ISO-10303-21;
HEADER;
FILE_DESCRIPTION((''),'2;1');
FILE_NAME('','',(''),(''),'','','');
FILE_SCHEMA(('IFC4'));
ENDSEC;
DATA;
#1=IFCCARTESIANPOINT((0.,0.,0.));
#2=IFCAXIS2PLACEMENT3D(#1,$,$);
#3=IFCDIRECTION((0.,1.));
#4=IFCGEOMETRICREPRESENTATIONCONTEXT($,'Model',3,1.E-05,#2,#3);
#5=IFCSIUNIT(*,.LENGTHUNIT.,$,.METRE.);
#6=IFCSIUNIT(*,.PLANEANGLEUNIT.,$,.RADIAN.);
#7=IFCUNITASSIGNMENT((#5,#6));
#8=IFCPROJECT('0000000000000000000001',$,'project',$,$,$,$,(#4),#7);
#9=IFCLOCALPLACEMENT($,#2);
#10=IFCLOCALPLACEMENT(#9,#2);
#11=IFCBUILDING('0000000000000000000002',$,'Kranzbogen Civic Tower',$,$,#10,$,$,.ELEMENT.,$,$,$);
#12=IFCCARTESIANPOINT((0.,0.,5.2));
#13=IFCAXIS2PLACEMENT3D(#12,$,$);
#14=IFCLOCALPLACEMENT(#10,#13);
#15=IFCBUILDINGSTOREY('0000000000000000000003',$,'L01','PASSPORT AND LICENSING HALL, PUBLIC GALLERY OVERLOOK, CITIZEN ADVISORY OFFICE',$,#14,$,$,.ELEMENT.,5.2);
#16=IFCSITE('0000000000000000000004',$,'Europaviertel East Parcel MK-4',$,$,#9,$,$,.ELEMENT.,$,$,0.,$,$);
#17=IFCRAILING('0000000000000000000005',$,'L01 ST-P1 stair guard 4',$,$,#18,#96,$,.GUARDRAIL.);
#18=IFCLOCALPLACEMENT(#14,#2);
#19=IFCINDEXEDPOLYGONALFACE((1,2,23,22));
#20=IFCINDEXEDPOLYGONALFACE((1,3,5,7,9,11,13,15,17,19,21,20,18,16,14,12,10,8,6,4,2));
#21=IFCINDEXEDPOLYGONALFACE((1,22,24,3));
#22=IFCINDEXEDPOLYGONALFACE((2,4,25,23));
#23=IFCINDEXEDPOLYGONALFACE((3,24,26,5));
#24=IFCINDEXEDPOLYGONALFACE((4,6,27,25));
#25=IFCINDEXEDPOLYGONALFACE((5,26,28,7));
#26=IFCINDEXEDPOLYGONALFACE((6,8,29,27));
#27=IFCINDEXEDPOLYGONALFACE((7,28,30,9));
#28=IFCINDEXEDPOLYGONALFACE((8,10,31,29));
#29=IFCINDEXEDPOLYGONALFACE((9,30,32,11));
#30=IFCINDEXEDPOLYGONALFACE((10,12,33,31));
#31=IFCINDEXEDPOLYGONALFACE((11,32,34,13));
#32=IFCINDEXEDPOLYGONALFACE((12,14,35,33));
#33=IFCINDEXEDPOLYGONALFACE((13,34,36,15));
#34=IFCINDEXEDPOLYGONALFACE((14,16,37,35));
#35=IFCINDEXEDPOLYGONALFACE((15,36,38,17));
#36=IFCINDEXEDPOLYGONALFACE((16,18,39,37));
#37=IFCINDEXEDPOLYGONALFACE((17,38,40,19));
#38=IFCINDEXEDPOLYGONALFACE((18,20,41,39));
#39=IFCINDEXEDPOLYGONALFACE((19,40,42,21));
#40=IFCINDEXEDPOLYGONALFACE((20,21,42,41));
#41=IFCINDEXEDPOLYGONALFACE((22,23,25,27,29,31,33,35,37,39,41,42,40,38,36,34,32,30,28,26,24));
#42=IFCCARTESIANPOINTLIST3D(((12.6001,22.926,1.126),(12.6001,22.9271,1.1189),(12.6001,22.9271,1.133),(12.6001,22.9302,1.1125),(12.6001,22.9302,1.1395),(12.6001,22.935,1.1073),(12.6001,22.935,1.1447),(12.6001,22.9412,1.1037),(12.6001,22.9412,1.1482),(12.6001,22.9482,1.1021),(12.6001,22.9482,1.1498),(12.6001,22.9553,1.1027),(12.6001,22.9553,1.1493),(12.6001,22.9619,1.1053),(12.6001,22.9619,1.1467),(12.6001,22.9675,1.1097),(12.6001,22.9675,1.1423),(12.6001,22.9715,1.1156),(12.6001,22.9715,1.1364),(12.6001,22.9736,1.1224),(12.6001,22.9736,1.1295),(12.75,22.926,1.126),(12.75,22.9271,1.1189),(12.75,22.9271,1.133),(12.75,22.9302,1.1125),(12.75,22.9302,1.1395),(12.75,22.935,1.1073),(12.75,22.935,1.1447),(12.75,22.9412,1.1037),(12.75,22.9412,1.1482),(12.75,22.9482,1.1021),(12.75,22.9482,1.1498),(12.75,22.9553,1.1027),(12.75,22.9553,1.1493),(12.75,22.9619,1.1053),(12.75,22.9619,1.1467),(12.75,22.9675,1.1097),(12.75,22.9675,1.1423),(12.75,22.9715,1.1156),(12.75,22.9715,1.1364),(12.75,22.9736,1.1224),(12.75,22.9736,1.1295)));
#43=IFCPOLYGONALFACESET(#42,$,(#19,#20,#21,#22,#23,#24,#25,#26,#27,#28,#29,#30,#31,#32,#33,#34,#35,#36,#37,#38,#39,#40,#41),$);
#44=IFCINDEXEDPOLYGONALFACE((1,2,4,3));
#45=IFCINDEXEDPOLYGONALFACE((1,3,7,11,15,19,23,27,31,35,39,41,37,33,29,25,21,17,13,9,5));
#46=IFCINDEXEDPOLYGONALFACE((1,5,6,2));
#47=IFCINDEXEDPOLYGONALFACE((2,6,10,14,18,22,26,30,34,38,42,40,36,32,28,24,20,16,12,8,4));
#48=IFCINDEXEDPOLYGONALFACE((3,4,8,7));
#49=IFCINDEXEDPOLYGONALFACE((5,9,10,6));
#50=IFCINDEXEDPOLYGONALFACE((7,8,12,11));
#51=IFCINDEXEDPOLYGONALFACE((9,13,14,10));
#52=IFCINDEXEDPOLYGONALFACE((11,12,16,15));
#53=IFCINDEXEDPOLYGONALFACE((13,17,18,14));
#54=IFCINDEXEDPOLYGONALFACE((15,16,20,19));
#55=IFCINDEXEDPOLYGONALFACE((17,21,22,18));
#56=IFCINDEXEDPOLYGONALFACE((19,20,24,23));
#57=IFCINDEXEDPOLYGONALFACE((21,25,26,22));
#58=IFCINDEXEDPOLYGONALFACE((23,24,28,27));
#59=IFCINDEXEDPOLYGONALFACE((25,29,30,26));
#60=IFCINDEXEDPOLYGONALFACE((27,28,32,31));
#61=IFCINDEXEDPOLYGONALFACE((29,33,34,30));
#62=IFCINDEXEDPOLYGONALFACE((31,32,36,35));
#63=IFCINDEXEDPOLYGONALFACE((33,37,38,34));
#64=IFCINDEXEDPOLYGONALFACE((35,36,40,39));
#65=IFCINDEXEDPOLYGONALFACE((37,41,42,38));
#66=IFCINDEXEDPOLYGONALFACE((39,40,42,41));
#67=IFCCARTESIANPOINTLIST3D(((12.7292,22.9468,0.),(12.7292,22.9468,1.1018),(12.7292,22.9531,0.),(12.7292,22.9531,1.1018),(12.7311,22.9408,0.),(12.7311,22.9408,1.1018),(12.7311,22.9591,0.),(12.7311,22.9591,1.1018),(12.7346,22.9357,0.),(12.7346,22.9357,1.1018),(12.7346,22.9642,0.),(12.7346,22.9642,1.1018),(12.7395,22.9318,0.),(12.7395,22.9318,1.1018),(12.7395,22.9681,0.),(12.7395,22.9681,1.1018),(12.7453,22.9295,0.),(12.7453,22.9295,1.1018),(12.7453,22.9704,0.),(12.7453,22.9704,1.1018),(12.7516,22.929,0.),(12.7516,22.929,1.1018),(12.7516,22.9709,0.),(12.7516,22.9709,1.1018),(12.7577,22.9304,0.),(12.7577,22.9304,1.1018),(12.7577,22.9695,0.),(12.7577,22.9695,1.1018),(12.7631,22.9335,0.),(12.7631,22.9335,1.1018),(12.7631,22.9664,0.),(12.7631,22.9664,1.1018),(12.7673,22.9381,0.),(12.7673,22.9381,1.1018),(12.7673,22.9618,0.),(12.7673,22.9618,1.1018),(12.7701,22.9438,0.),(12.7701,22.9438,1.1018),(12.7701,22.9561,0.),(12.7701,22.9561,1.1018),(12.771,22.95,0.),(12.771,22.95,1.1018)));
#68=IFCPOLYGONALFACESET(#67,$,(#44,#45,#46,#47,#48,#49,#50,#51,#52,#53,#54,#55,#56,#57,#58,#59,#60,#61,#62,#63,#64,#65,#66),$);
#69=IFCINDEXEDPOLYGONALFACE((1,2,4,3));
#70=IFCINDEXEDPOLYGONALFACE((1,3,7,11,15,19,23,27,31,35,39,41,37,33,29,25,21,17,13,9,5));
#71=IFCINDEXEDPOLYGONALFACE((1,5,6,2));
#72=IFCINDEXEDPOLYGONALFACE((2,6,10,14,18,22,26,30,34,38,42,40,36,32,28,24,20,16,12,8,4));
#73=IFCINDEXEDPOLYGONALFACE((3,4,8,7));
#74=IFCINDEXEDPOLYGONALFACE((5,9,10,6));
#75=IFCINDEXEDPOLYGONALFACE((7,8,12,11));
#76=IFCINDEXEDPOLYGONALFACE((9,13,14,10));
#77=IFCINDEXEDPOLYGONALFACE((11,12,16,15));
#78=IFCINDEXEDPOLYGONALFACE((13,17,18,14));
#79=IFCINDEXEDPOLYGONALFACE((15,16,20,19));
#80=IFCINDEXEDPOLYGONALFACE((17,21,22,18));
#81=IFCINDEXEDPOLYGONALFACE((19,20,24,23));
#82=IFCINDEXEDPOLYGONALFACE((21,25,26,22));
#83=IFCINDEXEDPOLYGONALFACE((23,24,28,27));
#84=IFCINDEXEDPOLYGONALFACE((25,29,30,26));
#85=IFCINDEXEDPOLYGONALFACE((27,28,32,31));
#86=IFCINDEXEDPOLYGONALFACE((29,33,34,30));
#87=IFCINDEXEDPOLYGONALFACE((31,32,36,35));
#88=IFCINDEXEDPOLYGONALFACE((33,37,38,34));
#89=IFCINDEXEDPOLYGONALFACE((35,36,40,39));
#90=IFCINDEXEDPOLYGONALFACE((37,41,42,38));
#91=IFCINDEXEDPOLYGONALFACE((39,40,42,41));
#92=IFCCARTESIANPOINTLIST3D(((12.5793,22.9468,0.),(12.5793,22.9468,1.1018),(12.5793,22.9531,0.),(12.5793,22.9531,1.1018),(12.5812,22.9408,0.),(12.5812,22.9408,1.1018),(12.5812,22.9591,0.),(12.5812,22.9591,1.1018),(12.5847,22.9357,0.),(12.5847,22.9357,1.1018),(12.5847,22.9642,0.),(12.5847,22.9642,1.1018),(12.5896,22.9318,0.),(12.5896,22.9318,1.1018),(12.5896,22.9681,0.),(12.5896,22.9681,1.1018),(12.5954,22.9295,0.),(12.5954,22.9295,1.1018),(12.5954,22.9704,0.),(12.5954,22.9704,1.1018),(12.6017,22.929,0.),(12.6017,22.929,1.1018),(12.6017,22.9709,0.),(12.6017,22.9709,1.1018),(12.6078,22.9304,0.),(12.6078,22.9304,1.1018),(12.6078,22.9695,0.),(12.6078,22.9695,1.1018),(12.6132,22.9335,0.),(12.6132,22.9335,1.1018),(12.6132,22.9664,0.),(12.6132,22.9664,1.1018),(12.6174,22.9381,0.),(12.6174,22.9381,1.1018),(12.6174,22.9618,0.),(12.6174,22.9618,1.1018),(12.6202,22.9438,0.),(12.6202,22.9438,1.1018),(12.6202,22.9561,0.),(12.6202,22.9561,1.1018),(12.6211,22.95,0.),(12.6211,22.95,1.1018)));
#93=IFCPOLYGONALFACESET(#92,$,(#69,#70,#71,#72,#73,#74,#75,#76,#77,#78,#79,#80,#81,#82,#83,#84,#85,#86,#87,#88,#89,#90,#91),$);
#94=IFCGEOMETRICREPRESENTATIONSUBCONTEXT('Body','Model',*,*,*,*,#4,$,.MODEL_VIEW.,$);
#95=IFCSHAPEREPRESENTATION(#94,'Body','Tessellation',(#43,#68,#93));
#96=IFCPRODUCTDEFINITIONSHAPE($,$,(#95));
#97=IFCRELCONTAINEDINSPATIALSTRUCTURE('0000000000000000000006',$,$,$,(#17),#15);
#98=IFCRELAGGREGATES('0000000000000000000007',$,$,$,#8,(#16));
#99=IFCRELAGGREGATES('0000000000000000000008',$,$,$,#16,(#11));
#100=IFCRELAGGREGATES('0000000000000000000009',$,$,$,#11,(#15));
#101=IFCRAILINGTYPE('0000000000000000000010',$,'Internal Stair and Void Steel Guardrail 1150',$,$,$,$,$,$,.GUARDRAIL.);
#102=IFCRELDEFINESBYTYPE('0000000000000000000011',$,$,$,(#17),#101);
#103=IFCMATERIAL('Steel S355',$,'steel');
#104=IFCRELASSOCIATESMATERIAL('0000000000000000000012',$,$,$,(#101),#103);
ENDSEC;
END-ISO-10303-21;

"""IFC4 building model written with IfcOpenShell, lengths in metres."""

from ifc_helpers import new_model, si_unit, direction, frame, origin, origin_2d, place, context, subcontext, project, spatial, circle, extrude, material, type_object, element, save


model = new_model("IFC4")

# Units and contexts
model_context = context("Model", 3, precision=1e-05, world=origin(), true_north=direction((0.0, 1.0)))
body_context = subcontext(model_context, "Body", "Model", "MODEL_VIEW")
ifc_project = project(units=[si_unit("LENGTHUNIT", "METRE"), si_unit("PLANEANGLEUNIT", "RADIAN")], contexts=[model_context])

# Site, building, storey
site_placement = place(None, origin())
site = spatial("IfcSite", under=ifc_project, at=site_placement, Name="Europaviertel East Parcel MK-4", CompositionType="ELEMENT", RefElevation=0.0)
building_placement = place(site_placement, origin())
building = spatial("IfcBuilding", under=site, at=building_placement, Name="Kranzbogen Civic Tower", CompositionType="ELEMENT")
storey_placement = place(building_placement, frame((0.0, 0.0, 5.2)))
storey = spatial("IfcBuildingStorey", under=building, at=storey_placement, Name="L01", Description="PASSPORT AND LICENSING HALL, PUBLIC GALLERY OVERLOOK, CITIZEN ADVISORY OFFICE", CompositionType="ELEMENT", Elevation=5.2)

# Shared definitions
ifc_material_1 = material(Name="Steel S355", Category="steel")

# Railing
railing_type_1 = type_object("IfcRailingType", Name="Internal Stair and Void Steel Guardrail 1150", PredefinedType="GUARDRAIL", material=ifc_material_1)
railing_1_placement = place(storey_placement, frame((12.75, 22.95, 0.0)))
element("IfcRailing", 1, at=railing_1_placement, inside=storey, type_object=railing_type_1, Name="L01 ST-P1 stair guard 4", PredefinedType="GUARDRAIL", context=body_context, shape_type="SweptSolid", body=[
    extrude(circle(Radius=0.0239, at=origin_2d()), frame((0.0, 0.0, 1.126), z_axis=(-1.0, 0.0, 0.0), x_axis=(0.0, -1.0, 0.0)), (0.0, 0.0, 1.0), 0.1499),
    extrude(circle(Radius=0.021, at=origin_2d()), origin(), (0.0, 0.0, 1.0), 1.1018),
    extrude(circle(Radius=0.021, at=origin_2d()), frame((-0.1499, 0.0, 0.0)), (0.0, 0.0, 1.0), 1.1018),
])

save(model, "model.ifc")
